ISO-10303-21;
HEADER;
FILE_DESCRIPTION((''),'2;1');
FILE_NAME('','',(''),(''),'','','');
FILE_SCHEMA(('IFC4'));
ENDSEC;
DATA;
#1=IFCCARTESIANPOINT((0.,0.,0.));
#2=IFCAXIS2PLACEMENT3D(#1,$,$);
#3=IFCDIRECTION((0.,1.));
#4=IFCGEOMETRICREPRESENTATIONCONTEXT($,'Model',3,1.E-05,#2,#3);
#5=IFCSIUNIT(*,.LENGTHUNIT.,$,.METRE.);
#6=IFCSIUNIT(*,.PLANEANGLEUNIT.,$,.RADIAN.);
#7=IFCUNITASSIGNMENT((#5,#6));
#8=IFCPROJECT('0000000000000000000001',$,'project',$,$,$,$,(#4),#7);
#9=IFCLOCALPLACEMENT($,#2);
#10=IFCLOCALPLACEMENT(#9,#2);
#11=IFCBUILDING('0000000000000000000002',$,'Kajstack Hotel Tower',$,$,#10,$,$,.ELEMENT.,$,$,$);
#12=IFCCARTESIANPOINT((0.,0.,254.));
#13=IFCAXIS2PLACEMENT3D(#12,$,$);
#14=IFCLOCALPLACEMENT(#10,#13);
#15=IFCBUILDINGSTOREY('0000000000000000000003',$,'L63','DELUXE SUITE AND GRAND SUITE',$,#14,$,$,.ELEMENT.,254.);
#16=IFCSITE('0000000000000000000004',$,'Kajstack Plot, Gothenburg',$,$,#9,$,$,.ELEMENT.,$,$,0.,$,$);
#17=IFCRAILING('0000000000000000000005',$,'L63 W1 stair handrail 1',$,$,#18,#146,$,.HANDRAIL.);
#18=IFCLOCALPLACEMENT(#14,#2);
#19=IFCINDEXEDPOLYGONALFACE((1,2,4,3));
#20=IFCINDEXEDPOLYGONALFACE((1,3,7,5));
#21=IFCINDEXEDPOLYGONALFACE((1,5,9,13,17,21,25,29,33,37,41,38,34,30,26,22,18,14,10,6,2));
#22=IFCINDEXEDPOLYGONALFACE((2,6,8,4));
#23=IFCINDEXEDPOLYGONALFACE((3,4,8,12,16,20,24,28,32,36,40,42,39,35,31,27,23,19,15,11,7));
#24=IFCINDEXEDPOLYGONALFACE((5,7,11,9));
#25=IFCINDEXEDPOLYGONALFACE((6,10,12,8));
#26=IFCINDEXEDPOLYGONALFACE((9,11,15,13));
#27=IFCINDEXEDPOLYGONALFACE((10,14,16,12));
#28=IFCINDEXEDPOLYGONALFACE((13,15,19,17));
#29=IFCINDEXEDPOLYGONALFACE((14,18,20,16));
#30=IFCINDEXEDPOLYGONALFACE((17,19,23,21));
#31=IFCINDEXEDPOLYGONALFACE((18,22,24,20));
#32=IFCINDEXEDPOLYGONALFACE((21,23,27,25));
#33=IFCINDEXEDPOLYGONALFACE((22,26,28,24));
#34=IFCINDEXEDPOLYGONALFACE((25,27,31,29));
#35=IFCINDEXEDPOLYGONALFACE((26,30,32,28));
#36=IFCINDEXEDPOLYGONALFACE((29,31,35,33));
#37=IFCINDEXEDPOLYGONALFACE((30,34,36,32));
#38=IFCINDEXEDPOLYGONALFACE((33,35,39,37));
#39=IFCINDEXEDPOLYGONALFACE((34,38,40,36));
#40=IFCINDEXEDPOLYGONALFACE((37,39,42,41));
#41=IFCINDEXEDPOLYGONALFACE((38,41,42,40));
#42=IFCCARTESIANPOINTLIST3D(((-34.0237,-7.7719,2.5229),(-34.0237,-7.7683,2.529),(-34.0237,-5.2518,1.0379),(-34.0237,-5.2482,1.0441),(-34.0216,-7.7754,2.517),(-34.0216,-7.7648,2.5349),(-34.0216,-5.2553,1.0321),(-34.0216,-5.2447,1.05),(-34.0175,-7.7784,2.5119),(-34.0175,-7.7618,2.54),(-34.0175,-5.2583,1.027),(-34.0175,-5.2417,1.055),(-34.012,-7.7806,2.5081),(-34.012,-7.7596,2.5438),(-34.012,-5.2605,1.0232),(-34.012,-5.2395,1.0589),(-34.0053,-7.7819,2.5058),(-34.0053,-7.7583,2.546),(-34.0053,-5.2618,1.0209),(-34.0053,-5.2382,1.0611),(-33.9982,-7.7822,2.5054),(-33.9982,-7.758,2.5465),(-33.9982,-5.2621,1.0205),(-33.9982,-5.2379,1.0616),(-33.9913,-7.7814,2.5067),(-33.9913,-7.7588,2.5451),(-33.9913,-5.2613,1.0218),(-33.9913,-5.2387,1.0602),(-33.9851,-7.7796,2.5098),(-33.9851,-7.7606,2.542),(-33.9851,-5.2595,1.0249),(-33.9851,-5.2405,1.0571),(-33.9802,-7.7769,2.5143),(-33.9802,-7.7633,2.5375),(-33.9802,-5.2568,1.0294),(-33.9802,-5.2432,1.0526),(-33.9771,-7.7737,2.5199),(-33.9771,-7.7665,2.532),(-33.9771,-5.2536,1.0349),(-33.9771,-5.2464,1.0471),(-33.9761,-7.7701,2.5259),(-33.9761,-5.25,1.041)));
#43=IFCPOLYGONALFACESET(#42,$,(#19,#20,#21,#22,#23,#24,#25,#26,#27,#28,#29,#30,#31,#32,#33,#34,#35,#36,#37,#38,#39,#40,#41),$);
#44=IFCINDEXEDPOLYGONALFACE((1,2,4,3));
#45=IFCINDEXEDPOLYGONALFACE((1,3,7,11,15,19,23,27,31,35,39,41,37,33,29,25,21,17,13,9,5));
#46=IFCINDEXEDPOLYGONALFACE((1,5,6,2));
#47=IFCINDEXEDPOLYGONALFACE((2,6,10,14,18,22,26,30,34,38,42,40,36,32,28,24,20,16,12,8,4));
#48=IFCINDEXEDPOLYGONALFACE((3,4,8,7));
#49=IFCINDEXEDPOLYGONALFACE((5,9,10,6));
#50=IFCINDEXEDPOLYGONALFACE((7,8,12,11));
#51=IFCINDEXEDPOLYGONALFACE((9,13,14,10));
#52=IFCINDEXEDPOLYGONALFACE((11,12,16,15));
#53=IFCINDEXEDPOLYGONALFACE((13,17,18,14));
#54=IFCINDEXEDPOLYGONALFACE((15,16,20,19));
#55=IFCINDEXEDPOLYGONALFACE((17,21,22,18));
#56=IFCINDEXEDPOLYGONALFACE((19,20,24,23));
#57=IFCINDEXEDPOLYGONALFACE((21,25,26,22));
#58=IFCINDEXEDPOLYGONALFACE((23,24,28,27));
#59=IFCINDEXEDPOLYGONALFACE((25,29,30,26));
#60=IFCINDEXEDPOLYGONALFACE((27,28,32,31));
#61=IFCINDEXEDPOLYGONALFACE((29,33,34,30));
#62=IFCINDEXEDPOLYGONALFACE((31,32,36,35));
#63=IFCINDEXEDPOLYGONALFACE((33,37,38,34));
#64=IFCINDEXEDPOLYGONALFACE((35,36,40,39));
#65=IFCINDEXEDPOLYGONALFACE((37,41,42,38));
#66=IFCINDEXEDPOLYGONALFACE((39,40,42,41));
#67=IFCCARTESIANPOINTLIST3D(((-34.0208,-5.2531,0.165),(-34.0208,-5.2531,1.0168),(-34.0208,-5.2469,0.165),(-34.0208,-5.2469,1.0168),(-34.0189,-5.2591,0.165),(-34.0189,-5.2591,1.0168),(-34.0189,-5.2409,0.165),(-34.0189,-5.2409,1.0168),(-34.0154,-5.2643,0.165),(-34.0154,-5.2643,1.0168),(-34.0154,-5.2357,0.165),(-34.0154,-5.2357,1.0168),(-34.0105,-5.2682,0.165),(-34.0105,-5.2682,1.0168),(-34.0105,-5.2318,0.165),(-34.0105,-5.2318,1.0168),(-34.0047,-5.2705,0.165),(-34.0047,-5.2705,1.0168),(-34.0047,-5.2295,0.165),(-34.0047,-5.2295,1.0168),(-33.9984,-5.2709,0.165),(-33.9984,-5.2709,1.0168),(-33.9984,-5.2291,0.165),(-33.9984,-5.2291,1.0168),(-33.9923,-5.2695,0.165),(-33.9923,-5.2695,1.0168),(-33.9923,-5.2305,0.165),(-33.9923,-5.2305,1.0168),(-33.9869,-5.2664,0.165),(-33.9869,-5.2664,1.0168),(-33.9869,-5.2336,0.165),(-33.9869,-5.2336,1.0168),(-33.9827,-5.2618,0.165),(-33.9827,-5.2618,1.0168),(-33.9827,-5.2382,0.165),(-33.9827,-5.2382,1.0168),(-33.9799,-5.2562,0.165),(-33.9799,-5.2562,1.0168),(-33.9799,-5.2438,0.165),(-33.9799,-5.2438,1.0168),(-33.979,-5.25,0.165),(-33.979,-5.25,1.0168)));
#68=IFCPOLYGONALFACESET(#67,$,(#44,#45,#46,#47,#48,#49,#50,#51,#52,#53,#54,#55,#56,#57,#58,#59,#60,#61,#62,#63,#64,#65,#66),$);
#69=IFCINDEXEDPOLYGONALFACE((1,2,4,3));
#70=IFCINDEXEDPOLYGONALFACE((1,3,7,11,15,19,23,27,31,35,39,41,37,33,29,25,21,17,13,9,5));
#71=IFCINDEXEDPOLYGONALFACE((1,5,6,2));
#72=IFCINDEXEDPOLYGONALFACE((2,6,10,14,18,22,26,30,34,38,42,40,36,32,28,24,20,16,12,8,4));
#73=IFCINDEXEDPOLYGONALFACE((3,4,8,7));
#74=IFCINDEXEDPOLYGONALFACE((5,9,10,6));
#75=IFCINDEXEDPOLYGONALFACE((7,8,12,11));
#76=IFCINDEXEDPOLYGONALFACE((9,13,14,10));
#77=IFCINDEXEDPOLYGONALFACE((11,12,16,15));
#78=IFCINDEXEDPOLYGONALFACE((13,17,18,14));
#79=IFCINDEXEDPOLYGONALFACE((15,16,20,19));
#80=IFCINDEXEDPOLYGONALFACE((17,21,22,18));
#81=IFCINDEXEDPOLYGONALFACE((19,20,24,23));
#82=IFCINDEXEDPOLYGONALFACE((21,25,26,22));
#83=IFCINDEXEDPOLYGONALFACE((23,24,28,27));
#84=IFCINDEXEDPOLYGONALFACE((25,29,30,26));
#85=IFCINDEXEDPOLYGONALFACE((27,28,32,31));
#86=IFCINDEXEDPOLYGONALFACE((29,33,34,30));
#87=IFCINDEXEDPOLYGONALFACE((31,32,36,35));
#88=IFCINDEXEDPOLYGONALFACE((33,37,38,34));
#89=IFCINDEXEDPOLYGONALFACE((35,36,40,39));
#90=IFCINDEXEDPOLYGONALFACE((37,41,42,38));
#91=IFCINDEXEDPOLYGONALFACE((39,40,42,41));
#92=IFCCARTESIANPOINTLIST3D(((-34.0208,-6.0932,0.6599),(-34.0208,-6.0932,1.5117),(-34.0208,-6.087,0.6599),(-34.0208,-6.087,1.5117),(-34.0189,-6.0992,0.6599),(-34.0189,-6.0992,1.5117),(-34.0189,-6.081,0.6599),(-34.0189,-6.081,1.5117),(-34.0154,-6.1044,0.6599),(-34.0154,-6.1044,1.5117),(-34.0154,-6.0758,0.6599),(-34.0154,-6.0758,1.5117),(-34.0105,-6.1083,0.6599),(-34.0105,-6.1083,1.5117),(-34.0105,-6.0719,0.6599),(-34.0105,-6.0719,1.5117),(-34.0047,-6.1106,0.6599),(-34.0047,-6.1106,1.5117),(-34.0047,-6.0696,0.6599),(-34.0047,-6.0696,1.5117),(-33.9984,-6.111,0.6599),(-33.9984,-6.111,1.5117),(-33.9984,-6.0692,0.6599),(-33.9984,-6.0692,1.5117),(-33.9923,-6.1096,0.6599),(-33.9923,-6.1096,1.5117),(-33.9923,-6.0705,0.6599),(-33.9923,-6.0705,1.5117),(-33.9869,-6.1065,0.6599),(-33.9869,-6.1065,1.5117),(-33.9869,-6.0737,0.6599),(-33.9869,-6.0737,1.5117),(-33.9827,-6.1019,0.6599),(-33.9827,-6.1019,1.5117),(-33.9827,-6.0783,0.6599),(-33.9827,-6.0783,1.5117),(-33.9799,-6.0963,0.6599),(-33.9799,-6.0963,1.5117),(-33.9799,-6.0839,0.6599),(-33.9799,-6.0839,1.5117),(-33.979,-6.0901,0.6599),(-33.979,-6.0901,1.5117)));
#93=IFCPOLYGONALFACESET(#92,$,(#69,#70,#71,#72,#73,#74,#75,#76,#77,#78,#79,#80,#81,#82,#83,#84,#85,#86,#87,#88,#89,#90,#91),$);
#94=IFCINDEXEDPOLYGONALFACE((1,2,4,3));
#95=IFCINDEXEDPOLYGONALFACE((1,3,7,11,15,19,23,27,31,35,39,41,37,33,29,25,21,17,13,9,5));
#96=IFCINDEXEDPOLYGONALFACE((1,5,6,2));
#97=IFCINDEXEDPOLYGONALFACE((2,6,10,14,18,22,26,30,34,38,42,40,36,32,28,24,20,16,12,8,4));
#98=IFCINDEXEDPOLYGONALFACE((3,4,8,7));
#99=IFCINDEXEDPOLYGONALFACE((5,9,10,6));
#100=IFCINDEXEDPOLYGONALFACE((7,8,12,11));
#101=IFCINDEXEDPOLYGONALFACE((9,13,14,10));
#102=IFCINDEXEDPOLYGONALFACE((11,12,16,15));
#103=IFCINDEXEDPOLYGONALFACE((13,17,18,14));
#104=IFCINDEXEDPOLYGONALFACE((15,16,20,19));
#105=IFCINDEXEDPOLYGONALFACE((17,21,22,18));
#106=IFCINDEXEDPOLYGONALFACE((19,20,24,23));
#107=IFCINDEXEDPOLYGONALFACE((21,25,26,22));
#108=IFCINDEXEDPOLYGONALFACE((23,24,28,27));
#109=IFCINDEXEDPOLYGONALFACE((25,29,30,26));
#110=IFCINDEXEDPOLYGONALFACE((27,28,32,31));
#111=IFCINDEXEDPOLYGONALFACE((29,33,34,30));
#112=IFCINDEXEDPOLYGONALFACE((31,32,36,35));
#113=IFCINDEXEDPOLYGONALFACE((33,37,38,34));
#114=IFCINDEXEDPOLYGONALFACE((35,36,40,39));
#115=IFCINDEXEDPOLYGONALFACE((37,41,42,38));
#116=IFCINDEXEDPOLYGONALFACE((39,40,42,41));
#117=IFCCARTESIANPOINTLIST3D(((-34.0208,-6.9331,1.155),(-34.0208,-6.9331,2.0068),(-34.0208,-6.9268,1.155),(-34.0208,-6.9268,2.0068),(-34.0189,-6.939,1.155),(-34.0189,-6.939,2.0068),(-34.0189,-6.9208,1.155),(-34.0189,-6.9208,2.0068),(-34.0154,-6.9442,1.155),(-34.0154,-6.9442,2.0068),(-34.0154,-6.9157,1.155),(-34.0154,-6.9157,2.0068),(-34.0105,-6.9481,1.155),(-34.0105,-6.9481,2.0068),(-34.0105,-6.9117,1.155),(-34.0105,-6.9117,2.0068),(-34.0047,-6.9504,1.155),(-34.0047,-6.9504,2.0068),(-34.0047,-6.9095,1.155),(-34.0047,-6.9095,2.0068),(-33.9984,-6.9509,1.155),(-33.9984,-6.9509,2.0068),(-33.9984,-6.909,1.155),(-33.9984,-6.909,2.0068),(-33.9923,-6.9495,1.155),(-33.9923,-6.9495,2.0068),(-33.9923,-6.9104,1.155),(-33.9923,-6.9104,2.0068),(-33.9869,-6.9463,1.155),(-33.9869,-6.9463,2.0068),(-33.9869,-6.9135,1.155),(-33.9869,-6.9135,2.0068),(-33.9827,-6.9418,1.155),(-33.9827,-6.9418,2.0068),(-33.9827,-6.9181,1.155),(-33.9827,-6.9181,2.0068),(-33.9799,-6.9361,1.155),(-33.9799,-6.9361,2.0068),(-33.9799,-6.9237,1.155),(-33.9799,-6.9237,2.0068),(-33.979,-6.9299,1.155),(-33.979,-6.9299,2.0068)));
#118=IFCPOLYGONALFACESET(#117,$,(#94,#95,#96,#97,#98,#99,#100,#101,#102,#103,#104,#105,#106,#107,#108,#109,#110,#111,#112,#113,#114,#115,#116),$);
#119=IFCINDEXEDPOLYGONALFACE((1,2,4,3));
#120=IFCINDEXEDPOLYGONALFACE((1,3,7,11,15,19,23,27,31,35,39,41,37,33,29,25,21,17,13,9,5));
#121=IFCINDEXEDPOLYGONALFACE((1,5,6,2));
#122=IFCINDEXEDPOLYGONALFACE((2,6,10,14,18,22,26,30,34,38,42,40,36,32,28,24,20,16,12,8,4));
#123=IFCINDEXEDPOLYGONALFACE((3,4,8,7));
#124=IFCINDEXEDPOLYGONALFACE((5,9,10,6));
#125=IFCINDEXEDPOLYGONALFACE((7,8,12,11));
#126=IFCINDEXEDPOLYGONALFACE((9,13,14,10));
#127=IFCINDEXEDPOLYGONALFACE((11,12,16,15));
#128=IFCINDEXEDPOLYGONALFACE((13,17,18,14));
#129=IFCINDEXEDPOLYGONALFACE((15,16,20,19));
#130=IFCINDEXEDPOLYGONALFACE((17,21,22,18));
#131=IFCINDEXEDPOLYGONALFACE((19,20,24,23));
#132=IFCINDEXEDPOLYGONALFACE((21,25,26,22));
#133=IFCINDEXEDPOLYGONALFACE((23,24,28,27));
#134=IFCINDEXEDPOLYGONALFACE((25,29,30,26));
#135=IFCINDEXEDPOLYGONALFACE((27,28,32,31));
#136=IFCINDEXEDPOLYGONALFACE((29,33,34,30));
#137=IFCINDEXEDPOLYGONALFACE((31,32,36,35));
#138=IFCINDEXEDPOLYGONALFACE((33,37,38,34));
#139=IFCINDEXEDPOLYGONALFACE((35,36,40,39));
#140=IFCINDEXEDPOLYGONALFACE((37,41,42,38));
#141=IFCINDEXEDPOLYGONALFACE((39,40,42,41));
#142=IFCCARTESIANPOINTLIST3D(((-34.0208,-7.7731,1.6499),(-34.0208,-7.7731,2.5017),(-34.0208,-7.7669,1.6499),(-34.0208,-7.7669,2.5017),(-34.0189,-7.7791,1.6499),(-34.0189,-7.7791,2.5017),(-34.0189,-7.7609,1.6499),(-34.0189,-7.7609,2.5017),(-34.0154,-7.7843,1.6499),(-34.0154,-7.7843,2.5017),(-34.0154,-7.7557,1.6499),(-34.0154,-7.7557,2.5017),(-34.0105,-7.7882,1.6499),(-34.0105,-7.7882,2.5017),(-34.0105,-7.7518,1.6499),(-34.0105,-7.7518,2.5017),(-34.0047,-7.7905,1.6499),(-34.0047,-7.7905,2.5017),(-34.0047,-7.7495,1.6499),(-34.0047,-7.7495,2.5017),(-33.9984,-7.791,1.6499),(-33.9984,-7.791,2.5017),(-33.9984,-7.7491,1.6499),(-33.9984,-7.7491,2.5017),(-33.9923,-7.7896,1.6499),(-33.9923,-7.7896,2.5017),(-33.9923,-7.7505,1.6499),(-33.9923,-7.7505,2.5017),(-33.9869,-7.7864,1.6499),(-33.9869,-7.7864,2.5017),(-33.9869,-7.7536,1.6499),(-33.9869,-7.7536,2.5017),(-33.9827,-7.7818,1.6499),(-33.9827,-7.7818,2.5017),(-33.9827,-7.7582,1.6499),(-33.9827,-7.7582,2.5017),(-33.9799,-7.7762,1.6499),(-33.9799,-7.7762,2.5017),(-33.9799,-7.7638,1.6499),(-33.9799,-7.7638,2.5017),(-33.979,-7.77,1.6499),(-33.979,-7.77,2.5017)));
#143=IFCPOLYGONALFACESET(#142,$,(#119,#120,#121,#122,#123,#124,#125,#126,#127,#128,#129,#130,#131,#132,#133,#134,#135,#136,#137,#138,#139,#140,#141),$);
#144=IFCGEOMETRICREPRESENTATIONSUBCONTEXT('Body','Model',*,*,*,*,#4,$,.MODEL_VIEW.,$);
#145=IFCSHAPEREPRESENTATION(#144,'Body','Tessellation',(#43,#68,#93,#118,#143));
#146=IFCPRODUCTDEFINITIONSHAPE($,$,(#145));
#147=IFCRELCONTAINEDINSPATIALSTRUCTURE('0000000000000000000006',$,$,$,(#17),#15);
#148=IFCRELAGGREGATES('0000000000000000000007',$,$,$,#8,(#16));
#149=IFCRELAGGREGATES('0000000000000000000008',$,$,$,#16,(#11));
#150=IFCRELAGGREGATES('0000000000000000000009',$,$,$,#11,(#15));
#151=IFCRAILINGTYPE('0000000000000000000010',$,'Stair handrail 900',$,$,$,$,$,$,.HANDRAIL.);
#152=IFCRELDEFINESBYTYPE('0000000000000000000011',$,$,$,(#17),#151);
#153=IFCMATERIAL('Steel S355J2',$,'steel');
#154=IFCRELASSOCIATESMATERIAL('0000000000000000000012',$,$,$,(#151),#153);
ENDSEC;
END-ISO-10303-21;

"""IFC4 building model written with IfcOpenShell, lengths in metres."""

from ifc_helpers import new_model, si_unit, direction, frame, origin, origin_2d, place, context, subcontext, project, spatial, circle, extrude, material, type_object, element, save


model = new_model("IFC4")

# Units and contexts
model_context = context("Model", 3, precision=1e-05, world=origin(), true_north=direction((0.0, 1.0)))
body_context = subcontext(model_context, "Body", "Model", "MODEL_VIEW")
ifc_project = project(units=[si_unit("LENGTHUNIT", "METRE"), si_unit("PLANEANGLEUNIT", "RADIAN")], contexts=[model_context])

# Site, building, storey
site_placement = place(None, origin())
site = spatial("IfcSite", under=ifc_project, at=site_placement, Name="Kajstack Plot, Gothenburg", CompositionType="ELEMENT", RefElevation=0.0)
building_placement = place(site_placement, origin())
building = spatial("IfcBuilding", under=site, at=building_placement, Name="Kajstack Hotel Tower", CompositionType="ELEMENT")
storey_placement = place(building_placement, frame((0.0, 0.0, 254.0)))
storey = spatial("IfcBuildingStorey", under=building, at=storey_placement, Name="L63", Description="DELUXE SUITE AND GRAND SUITE", CompositionType="ELEMENT", Elevation=254.0)

# Railing
ifc_material_1 = material(Name="Steel S355J2", Category="steel")
railing_type_1 = type_object("IfcRailingType", Name="Stair handrail 900", PredefinedType="HANDRAIL", material=ifc_material_1)
railing_1_placement = place(storey_placement, frame((-34.0, -5.25, 0.165)))
element("IfcRailing", 1, at=railing_1_placement, inside=storey, type_object=railing_type_1, Name="L63 W1 stair handrail 1", PredefinedType="HANDRAIL", context=body_context, shape_type="SweptSolid", body=[
    extrude(circle(Radius=0.0239, at=origin_2d()), frame((0.0, 0.0, 0.876), z_axis=(0.0, -0.861561, 0.507655), x_axis=(1.0, 0.0, 0.0)), (0.0, 0.0, 1.0), 2.925),
    extrude(circle(Radius=0.021, at=origin_2d()), origin(), (0.0, 0.0, 1.0), 0.8518),
    extrude(circle(Radius=0.021, at=origin_2d()), frame((0.0, -0.8401, 0.4949)), (0.0, 0.0, 1.0), 0.8518),
    extrude(circle(Radius=0.021, at=origin_2d()), frame((0.0, -1.6799, 0.99)), (0.0, 0.0, 1.0), 0.8518),
    extrude(circle(Radius=0.021, at=origin_2d()), frame((0.0, -2.52, 1.4849)), (0.0, 0.0, 1.0), 0.8518),
])

save(model, "model.ifc")
